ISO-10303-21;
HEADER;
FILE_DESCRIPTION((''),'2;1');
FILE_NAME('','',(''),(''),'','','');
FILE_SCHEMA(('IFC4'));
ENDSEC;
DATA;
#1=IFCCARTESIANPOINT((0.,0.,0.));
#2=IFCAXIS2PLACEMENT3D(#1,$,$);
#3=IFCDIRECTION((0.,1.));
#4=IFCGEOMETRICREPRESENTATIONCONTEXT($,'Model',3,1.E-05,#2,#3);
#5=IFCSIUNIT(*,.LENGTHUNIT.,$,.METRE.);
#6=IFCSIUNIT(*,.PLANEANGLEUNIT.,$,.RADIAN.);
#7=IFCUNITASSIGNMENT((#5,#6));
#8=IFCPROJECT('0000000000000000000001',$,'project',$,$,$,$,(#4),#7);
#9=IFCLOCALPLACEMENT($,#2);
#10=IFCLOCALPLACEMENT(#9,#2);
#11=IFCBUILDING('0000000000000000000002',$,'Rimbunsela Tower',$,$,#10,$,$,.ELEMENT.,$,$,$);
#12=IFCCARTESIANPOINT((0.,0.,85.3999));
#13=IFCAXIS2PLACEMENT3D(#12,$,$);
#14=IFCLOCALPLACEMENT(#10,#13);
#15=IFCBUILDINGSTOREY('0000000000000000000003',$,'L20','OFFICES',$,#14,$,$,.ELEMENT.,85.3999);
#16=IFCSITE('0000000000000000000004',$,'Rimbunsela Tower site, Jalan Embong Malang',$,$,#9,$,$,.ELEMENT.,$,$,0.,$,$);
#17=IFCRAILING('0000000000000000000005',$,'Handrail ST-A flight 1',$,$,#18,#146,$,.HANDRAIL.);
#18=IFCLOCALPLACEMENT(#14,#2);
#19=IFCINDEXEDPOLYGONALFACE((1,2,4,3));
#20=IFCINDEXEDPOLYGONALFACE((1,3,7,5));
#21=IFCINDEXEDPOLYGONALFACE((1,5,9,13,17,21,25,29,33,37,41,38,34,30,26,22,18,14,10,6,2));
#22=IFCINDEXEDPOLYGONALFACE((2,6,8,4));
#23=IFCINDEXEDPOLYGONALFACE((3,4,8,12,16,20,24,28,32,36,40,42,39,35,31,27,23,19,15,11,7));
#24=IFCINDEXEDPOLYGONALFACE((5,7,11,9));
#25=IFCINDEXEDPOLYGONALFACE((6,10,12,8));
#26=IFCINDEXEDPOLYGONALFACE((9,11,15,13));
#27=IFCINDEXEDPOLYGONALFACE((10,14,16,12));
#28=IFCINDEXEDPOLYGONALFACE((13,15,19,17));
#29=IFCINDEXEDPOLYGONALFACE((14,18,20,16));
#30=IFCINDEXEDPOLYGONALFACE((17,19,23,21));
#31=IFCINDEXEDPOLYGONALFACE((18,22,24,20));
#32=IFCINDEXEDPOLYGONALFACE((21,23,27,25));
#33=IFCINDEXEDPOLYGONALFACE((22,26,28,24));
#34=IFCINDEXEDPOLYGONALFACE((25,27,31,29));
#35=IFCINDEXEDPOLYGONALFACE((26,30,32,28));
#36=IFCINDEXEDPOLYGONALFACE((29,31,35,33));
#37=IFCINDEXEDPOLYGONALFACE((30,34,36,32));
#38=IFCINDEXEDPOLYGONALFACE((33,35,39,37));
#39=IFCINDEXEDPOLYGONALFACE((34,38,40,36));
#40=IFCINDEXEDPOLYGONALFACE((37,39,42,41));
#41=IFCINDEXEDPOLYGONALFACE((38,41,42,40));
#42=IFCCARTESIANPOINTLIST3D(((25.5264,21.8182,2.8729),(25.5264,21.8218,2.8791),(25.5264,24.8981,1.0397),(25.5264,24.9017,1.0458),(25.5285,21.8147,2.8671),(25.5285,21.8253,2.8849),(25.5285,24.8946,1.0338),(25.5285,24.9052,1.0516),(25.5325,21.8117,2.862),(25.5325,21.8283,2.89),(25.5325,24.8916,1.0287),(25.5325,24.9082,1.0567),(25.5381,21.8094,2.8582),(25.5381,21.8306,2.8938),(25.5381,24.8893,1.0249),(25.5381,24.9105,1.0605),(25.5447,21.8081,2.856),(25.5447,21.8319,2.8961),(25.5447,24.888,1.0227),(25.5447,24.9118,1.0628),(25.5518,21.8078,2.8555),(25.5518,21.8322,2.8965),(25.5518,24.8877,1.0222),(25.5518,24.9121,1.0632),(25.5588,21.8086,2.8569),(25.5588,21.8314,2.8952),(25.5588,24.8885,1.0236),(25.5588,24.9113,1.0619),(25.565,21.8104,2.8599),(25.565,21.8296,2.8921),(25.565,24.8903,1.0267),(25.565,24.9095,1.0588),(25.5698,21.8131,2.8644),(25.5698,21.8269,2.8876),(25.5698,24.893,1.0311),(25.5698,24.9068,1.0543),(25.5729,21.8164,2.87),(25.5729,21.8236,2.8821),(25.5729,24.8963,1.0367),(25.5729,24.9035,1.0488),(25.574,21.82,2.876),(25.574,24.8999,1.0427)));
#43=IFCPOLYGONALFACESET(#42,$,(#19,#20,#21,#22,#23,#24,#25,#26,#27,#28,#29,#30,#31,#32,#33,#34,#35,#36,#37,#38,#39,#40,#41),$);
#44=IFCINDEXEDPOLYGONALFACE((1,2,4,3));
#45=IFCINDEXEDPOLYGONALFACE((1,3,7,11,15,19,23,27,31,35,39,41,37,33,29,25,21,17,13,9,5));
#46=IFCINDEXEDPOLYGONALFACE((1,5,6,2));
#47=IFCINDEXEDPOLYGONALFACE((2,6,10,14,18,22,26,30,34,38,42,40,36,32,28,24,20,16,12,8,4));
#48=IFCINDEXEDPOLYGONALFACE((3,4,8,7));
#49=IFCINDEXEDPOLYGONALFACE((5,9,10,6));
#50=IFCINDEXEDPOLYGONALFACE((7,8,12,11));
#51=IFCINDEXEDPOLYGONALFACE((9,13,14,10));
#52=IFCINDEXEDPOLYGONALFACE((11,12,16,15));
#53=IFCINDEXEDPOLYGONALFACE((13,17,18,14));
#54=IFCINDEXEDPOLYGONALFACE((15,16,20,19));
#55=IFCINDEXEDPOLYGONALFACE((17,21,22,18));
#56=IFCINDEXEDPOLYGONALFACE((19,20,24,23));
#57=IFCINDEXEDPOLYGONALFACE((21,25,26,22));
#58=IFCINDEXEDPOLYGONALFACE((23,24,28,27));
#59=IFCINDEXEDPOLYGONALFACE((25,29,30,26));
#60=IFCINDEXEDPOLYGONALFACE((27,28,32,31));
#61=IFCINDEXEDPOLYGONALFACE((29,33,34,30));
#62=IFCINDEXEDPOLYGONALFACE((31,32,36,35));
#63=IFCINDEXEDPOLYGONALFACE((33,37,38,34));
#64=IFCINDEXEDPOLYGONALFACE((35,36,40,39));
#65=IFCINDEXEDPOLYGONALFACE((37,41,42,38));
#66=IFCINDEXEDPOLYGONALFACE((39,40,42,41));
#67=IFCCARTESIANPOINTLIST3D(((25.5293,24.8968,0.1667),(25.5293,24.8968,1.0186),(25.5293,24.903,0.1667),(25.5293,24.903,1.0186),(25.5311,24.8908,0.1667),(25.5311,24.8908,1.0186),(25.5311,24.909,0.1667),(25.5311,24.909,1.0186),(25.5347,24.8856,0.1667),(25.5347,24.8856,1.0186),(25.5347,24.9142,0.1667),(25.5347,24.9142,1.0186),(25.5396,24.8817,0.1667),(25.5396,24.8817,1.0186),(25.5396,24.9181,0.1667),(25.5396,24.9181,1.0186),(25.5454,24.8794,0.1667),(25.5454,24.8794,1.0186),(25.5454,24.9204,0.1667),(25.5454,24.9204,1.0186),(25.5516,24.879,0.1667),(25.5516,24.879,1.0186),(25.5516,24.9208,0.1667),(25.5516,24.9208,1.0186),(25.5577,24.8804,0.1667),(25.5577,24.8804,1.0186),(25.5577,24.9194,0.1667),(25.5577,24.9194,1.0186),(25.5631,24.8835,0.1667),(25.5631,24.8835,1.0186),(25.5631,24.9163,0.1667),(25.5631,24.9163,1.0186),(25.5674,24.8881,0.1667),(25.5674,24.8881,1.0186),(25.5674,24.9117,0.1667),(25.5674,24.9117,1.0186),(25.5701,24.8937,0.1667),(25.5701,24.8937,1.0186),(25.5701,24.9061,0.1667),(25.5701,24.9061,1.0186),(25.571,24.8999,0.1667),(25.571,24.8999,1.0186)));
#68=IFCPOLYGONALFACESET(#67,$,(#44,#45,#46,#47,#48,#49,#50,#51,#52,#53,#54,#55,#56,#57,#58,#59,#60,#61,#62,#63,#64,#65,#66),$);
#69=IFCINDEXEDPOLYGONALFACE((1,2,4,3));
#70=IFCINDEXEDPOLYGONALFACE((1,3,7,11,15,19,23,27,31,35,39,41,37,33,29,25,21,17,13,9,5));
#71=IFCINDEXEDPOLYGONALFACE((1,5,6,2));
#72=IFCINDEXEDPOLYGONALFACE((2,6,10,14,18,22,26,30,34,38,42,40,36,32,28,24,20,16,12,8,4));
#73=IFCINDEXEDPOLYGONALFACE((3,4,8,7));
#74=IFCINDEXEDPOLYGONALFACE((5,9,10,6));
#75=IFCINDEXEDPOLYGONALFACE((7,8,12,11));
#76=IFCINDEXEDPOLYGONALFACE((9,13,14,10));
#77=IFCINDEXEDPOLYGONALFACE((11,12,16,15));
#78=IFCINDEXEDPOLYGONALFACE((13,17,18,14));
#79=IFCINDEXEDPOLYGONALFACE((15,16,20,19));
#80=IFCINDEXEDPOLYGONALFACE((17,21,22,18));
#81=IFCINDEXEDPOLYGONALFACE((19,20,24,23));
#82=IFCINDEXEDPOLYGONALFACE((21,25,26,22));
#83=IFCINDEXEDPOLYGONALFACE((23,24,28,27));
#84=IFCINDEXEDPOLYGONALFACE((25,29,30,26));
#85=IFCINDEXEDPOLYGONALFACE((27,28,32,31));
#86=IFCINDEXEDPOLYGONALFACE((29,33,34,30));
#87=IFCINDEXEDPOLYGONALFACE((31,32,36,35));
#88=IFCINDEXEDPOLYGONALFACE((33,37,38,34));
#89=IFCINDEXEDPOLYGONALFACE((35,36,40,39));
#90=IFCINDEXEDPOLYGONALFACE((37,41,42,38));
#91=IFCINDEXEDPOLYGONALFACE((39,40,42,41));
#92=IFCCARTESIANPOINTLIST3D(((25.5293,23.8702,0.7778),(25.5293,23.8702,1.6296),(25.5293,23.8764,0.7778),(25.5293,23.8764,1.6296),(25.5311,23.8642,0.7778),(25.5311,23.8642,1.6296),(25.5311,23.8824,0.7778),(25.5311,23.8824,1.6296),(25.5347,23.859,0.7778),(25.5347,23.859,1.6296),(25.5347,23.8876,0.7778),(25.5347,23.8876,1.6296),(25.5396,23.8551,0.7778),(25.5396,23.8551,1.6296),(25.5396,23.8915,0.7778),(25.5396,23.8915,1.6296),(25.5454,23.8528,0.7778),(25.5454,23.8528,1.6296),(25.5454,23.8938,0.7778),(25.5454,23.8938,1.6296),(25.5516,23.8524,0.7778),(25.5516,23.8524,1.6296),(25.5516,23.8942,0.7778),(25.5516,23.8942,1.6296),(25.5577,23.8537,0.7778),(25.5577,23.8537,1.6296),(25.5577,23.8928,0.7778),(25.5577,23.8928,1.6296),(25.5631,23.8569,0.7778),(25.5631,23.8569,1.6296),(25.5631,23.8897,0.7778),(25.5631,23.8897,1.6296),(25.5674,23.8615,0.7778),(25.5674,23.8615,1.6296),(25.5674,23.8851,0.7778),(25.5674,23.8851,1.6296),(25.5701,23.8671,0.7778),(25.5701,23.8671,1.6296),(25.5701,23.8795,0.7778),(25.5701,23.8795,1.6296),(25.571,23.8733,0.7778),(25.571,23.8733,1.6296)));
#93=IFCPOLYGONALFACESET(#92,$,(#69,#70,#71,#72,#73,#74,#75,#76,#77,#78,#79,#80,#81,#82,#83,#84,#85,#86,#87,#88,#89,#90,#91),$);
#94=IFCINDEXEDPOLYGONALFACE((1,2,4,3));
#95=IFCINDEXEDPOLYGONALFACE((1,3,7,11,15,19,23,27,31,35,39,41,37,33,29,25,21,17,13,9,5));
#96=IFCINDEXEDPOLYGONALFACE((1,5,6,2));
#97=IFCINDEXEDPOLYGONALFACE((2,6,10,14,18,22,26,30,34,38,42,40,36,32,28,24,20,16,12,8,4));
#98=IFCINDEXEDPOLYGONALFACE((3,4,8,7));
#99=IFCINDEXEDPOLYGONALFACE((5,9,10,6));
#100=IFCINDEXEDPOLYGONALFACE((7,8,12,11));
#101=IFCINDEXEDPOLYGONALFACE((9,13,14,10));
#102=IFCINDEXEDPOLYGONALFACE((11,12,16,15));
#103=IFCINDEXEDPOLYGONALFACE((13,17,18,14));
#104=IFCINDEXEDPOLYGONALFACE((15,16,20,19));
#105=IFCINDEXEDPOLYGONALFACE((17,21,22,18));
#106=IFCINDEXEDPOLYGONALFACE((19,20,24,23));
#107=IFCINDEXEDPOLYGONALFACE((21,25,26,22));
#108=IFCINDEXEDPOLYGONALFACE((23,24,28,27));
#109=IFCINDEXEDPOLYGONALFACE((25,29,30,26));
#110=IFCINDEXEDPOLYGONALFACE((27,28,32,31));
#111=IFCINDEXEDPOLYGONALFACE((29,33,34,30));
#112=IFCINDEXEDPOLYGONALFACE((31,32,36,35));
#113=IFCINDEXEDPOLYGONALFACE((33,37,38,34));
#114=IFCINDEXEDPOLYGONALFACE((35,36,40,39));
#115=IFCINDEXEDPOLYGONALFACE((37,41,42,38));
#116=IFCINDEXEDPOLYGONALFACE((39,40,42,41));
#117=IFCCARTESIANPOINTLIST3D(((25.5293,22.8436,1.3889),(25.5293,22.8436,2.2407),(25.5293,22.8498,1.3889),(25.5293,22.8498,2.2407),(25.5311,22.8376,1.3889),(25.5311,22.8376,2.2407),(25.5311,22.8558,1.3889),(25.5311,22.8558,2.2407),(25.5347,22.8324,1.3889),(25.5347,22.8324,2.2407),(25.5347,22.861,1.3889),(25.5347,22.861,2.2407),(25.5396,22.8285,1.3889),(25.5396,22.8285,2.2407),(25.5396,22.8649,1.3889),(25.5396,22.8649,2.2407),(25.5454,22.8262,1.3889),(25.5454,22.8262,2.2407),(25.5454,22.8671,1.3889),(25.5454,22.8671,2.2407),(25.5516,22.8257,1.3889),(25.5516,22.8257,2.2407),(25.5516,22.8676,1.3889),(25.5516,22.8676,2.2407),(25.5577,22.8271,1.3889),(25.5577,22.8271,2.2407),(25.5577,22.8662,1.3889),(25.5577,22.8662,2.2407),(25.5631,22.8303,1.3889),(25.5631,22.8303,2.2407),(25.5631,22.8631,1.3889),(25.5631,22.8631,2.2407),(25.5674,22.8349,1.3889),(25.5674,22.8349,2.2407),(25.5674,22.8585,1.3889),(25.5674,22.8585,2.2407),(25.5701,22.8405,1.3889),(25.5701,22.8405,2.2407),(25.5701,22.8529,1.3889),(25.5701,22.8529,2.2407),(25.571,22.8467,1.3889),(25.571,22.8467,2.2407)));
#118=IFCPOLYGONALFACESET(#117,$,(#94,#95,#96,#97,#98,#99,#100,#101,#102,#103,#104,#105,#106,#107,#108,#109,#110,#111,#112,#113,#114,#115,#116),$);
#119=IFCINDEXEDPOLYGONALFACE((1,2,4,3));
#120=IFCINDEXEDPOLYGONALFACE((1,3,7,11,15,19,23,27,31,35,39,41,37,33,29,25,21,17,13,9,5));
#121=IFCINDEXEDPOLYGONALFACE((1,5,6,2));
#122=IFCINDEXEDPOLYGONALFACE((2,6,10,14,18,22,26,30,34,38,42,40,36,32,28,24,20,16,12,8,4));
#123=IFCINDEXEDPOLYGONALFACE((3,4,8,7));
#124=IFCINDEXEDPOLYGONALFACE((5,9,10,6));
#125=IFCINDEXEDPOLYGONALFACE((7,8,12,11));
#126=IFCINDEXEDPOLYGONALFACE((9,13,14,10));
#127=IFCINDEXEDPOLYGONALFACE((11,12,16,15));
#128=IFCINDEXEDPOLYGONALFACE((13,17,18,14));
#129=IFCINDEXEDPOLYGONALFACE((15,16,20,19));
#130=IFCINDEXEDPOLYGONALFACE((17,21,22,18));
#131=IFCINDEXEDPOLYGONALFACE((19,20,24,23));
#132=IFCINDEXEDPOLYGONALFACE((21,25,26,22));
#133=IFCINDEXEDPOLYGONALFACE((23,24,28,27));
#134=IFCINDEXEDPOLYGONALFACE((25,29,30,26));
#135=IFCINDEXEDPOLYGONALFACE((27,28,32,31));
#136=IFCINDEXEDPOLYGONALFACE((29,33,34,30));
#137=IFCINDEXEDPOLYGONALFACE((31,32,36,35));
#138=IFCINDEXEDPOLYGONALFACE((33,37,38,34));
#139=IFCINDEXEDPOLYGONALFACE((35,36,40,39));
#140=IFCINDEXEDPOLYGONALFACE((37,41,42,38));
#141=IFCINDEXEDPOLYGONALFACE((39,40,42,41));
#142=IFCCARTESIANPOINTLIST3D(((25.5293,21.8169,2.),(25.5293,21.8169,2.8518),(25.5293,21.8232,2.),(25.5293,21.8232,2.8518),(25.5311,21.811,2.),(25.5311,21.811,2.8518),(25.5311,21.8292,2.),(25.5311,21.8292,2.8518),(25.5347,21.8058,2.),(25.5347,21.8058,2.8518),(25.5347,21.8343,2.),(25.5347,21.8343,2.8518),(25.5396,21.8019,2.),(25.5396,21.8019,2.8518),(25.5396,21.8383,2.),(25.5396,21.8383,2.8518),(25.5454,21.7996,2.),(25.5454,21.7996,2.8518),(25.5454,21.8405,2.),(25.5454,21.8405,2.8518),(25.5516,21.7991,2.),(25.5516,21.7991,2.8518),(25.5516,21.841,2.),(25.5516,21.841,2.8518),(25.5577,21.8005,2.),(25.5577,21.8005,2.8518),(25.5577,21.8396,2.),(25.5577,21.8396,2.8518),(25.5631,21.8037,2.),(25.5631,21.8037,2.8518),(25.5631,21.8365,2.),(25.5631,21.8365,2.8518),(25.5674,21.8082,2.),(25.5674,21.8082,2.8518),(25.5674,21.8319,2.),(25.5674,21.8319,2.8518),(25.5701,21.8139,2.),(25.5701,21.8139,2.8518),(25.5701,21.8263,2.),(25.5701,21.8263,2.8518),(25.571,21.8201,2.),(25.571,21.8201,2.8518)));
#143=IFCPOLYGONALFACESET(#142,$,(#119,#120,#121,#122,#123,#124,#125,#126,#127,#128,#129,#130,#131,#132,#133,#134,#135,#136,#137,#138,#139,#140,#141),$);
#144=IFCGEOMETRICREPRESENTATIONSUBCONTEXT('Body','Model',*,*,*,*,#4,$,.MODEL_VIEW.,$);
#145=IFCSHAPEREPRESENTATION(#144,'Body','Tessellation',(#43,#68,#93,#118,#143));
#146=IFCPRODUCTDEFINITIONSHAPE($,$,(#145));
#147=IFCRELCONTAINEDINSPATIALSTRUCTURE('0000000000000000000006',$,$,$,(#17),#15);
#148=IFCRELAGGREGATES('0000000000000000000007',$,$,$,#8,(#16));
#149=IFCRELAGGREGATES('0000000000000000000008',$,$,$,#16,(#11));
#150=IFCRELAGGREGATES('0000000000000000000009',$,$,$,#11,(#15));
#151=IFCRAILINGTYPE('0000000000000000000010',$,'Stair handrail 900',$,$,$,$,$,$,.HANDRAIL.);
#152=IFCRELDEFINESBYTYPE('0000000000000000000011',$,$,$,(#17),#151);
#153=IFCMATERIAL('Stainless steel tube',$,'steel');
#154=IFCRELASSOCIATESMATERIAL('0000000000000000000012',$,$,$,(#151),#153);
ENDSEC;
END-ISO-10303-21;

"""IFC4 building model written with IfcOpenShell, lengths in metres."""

from ifc_helpers import new_model, si_unit, direction, frame, origin, origin_2d, place, context, subcontext, project, spatial, circle, extrude, material, type_object, element, save


model = new_model("IFC4")

# Units and contexts
model_context = context("Model", 3, precision=1e-05, world=origin(), true_north=direction((0.0, 1.0)))
body_context = subcontext(model_context, "Body", "Model", "MODEL_VIEW")
ifc_project = project(units=[si_unit("LENGTHUNIT", "METRE"), si_unit("PLANEANGLEUNIT", "RADIAN")], contexts=[model_context])

# Site, building, storey
site_placement = place(None, origin())
site = spatial("IfcSite", under=ifc_project, at=site_placement, Name="Rimbunsela Tower site, Jalan Embong Malang", CompositionType="ELEMENT", RefElevation=0.0)
building_placement = place(site_placement, origin())
building = spatial("IfcBuilding", under=site, at=building_placement, Name="Rimbunsela Tower", CompositionType="ELEMENT")
storey_placement = place(building_placement, frame((0.0, 0.0, 85.3999)))
storey = spatial("IfcBuildingStorey", under=building, at=storey_placement, Name="L20", Description="OFFICES", CompositionType="ELEMENT", Elevation=85.3999)

# Railing
ifc_material_1 = material(Name="Stainless steel tube", Category="steel")
railing_type = type_object("IfcRailingType", Name="Stair handrail 900", PredefinedType="HANDRAIL", material=ifc_material_1)
railing_1_placement = place(storey_placement, frame((25.55, 24.8999, 0.1667)))
element("IfcRailing", 1, at=railing_1_placement, inside=storey, type_object=railing_type, Name="Handrail ST-A flight 1", PredefinedType="HANDRAIL", context=body_context, shape_type="SweptSolid", body=[
    extrude(circle(Radius=0.0239, at=origin_2d()), frame((0.0, 0.0, 0.876), z_axis=(0.0, -0.859291, 0.511487), x_axis=(1.0, 0.0, 0.0)), (0.0, 0.0, 1.0), 3.5842),
    extrude(circle(Radius=0.021, at=origin_2d()), origin(), (0.0, 0.0, 1.0), 0.8518),
    extrude(circle(Radius=0.021, at=origin_2d()), frame((0.0, -1.0266, 0.6111)), (0.0, 0.0, 1.0), 0.8518),
    extrude(circle(Radius=0.021, at=origin_2d()), frame((0.0, -2.0532, 1.2222)), (0.0, 0.0, 1.0), 0.8518),
    extrude(circle(Radius=0.021, at=origin_2d()), frame((0.0, -3.0798, 1.8333)), (0.0, 0.0, 1.0), 0.8518),
])

save(model, "model.ifc")
